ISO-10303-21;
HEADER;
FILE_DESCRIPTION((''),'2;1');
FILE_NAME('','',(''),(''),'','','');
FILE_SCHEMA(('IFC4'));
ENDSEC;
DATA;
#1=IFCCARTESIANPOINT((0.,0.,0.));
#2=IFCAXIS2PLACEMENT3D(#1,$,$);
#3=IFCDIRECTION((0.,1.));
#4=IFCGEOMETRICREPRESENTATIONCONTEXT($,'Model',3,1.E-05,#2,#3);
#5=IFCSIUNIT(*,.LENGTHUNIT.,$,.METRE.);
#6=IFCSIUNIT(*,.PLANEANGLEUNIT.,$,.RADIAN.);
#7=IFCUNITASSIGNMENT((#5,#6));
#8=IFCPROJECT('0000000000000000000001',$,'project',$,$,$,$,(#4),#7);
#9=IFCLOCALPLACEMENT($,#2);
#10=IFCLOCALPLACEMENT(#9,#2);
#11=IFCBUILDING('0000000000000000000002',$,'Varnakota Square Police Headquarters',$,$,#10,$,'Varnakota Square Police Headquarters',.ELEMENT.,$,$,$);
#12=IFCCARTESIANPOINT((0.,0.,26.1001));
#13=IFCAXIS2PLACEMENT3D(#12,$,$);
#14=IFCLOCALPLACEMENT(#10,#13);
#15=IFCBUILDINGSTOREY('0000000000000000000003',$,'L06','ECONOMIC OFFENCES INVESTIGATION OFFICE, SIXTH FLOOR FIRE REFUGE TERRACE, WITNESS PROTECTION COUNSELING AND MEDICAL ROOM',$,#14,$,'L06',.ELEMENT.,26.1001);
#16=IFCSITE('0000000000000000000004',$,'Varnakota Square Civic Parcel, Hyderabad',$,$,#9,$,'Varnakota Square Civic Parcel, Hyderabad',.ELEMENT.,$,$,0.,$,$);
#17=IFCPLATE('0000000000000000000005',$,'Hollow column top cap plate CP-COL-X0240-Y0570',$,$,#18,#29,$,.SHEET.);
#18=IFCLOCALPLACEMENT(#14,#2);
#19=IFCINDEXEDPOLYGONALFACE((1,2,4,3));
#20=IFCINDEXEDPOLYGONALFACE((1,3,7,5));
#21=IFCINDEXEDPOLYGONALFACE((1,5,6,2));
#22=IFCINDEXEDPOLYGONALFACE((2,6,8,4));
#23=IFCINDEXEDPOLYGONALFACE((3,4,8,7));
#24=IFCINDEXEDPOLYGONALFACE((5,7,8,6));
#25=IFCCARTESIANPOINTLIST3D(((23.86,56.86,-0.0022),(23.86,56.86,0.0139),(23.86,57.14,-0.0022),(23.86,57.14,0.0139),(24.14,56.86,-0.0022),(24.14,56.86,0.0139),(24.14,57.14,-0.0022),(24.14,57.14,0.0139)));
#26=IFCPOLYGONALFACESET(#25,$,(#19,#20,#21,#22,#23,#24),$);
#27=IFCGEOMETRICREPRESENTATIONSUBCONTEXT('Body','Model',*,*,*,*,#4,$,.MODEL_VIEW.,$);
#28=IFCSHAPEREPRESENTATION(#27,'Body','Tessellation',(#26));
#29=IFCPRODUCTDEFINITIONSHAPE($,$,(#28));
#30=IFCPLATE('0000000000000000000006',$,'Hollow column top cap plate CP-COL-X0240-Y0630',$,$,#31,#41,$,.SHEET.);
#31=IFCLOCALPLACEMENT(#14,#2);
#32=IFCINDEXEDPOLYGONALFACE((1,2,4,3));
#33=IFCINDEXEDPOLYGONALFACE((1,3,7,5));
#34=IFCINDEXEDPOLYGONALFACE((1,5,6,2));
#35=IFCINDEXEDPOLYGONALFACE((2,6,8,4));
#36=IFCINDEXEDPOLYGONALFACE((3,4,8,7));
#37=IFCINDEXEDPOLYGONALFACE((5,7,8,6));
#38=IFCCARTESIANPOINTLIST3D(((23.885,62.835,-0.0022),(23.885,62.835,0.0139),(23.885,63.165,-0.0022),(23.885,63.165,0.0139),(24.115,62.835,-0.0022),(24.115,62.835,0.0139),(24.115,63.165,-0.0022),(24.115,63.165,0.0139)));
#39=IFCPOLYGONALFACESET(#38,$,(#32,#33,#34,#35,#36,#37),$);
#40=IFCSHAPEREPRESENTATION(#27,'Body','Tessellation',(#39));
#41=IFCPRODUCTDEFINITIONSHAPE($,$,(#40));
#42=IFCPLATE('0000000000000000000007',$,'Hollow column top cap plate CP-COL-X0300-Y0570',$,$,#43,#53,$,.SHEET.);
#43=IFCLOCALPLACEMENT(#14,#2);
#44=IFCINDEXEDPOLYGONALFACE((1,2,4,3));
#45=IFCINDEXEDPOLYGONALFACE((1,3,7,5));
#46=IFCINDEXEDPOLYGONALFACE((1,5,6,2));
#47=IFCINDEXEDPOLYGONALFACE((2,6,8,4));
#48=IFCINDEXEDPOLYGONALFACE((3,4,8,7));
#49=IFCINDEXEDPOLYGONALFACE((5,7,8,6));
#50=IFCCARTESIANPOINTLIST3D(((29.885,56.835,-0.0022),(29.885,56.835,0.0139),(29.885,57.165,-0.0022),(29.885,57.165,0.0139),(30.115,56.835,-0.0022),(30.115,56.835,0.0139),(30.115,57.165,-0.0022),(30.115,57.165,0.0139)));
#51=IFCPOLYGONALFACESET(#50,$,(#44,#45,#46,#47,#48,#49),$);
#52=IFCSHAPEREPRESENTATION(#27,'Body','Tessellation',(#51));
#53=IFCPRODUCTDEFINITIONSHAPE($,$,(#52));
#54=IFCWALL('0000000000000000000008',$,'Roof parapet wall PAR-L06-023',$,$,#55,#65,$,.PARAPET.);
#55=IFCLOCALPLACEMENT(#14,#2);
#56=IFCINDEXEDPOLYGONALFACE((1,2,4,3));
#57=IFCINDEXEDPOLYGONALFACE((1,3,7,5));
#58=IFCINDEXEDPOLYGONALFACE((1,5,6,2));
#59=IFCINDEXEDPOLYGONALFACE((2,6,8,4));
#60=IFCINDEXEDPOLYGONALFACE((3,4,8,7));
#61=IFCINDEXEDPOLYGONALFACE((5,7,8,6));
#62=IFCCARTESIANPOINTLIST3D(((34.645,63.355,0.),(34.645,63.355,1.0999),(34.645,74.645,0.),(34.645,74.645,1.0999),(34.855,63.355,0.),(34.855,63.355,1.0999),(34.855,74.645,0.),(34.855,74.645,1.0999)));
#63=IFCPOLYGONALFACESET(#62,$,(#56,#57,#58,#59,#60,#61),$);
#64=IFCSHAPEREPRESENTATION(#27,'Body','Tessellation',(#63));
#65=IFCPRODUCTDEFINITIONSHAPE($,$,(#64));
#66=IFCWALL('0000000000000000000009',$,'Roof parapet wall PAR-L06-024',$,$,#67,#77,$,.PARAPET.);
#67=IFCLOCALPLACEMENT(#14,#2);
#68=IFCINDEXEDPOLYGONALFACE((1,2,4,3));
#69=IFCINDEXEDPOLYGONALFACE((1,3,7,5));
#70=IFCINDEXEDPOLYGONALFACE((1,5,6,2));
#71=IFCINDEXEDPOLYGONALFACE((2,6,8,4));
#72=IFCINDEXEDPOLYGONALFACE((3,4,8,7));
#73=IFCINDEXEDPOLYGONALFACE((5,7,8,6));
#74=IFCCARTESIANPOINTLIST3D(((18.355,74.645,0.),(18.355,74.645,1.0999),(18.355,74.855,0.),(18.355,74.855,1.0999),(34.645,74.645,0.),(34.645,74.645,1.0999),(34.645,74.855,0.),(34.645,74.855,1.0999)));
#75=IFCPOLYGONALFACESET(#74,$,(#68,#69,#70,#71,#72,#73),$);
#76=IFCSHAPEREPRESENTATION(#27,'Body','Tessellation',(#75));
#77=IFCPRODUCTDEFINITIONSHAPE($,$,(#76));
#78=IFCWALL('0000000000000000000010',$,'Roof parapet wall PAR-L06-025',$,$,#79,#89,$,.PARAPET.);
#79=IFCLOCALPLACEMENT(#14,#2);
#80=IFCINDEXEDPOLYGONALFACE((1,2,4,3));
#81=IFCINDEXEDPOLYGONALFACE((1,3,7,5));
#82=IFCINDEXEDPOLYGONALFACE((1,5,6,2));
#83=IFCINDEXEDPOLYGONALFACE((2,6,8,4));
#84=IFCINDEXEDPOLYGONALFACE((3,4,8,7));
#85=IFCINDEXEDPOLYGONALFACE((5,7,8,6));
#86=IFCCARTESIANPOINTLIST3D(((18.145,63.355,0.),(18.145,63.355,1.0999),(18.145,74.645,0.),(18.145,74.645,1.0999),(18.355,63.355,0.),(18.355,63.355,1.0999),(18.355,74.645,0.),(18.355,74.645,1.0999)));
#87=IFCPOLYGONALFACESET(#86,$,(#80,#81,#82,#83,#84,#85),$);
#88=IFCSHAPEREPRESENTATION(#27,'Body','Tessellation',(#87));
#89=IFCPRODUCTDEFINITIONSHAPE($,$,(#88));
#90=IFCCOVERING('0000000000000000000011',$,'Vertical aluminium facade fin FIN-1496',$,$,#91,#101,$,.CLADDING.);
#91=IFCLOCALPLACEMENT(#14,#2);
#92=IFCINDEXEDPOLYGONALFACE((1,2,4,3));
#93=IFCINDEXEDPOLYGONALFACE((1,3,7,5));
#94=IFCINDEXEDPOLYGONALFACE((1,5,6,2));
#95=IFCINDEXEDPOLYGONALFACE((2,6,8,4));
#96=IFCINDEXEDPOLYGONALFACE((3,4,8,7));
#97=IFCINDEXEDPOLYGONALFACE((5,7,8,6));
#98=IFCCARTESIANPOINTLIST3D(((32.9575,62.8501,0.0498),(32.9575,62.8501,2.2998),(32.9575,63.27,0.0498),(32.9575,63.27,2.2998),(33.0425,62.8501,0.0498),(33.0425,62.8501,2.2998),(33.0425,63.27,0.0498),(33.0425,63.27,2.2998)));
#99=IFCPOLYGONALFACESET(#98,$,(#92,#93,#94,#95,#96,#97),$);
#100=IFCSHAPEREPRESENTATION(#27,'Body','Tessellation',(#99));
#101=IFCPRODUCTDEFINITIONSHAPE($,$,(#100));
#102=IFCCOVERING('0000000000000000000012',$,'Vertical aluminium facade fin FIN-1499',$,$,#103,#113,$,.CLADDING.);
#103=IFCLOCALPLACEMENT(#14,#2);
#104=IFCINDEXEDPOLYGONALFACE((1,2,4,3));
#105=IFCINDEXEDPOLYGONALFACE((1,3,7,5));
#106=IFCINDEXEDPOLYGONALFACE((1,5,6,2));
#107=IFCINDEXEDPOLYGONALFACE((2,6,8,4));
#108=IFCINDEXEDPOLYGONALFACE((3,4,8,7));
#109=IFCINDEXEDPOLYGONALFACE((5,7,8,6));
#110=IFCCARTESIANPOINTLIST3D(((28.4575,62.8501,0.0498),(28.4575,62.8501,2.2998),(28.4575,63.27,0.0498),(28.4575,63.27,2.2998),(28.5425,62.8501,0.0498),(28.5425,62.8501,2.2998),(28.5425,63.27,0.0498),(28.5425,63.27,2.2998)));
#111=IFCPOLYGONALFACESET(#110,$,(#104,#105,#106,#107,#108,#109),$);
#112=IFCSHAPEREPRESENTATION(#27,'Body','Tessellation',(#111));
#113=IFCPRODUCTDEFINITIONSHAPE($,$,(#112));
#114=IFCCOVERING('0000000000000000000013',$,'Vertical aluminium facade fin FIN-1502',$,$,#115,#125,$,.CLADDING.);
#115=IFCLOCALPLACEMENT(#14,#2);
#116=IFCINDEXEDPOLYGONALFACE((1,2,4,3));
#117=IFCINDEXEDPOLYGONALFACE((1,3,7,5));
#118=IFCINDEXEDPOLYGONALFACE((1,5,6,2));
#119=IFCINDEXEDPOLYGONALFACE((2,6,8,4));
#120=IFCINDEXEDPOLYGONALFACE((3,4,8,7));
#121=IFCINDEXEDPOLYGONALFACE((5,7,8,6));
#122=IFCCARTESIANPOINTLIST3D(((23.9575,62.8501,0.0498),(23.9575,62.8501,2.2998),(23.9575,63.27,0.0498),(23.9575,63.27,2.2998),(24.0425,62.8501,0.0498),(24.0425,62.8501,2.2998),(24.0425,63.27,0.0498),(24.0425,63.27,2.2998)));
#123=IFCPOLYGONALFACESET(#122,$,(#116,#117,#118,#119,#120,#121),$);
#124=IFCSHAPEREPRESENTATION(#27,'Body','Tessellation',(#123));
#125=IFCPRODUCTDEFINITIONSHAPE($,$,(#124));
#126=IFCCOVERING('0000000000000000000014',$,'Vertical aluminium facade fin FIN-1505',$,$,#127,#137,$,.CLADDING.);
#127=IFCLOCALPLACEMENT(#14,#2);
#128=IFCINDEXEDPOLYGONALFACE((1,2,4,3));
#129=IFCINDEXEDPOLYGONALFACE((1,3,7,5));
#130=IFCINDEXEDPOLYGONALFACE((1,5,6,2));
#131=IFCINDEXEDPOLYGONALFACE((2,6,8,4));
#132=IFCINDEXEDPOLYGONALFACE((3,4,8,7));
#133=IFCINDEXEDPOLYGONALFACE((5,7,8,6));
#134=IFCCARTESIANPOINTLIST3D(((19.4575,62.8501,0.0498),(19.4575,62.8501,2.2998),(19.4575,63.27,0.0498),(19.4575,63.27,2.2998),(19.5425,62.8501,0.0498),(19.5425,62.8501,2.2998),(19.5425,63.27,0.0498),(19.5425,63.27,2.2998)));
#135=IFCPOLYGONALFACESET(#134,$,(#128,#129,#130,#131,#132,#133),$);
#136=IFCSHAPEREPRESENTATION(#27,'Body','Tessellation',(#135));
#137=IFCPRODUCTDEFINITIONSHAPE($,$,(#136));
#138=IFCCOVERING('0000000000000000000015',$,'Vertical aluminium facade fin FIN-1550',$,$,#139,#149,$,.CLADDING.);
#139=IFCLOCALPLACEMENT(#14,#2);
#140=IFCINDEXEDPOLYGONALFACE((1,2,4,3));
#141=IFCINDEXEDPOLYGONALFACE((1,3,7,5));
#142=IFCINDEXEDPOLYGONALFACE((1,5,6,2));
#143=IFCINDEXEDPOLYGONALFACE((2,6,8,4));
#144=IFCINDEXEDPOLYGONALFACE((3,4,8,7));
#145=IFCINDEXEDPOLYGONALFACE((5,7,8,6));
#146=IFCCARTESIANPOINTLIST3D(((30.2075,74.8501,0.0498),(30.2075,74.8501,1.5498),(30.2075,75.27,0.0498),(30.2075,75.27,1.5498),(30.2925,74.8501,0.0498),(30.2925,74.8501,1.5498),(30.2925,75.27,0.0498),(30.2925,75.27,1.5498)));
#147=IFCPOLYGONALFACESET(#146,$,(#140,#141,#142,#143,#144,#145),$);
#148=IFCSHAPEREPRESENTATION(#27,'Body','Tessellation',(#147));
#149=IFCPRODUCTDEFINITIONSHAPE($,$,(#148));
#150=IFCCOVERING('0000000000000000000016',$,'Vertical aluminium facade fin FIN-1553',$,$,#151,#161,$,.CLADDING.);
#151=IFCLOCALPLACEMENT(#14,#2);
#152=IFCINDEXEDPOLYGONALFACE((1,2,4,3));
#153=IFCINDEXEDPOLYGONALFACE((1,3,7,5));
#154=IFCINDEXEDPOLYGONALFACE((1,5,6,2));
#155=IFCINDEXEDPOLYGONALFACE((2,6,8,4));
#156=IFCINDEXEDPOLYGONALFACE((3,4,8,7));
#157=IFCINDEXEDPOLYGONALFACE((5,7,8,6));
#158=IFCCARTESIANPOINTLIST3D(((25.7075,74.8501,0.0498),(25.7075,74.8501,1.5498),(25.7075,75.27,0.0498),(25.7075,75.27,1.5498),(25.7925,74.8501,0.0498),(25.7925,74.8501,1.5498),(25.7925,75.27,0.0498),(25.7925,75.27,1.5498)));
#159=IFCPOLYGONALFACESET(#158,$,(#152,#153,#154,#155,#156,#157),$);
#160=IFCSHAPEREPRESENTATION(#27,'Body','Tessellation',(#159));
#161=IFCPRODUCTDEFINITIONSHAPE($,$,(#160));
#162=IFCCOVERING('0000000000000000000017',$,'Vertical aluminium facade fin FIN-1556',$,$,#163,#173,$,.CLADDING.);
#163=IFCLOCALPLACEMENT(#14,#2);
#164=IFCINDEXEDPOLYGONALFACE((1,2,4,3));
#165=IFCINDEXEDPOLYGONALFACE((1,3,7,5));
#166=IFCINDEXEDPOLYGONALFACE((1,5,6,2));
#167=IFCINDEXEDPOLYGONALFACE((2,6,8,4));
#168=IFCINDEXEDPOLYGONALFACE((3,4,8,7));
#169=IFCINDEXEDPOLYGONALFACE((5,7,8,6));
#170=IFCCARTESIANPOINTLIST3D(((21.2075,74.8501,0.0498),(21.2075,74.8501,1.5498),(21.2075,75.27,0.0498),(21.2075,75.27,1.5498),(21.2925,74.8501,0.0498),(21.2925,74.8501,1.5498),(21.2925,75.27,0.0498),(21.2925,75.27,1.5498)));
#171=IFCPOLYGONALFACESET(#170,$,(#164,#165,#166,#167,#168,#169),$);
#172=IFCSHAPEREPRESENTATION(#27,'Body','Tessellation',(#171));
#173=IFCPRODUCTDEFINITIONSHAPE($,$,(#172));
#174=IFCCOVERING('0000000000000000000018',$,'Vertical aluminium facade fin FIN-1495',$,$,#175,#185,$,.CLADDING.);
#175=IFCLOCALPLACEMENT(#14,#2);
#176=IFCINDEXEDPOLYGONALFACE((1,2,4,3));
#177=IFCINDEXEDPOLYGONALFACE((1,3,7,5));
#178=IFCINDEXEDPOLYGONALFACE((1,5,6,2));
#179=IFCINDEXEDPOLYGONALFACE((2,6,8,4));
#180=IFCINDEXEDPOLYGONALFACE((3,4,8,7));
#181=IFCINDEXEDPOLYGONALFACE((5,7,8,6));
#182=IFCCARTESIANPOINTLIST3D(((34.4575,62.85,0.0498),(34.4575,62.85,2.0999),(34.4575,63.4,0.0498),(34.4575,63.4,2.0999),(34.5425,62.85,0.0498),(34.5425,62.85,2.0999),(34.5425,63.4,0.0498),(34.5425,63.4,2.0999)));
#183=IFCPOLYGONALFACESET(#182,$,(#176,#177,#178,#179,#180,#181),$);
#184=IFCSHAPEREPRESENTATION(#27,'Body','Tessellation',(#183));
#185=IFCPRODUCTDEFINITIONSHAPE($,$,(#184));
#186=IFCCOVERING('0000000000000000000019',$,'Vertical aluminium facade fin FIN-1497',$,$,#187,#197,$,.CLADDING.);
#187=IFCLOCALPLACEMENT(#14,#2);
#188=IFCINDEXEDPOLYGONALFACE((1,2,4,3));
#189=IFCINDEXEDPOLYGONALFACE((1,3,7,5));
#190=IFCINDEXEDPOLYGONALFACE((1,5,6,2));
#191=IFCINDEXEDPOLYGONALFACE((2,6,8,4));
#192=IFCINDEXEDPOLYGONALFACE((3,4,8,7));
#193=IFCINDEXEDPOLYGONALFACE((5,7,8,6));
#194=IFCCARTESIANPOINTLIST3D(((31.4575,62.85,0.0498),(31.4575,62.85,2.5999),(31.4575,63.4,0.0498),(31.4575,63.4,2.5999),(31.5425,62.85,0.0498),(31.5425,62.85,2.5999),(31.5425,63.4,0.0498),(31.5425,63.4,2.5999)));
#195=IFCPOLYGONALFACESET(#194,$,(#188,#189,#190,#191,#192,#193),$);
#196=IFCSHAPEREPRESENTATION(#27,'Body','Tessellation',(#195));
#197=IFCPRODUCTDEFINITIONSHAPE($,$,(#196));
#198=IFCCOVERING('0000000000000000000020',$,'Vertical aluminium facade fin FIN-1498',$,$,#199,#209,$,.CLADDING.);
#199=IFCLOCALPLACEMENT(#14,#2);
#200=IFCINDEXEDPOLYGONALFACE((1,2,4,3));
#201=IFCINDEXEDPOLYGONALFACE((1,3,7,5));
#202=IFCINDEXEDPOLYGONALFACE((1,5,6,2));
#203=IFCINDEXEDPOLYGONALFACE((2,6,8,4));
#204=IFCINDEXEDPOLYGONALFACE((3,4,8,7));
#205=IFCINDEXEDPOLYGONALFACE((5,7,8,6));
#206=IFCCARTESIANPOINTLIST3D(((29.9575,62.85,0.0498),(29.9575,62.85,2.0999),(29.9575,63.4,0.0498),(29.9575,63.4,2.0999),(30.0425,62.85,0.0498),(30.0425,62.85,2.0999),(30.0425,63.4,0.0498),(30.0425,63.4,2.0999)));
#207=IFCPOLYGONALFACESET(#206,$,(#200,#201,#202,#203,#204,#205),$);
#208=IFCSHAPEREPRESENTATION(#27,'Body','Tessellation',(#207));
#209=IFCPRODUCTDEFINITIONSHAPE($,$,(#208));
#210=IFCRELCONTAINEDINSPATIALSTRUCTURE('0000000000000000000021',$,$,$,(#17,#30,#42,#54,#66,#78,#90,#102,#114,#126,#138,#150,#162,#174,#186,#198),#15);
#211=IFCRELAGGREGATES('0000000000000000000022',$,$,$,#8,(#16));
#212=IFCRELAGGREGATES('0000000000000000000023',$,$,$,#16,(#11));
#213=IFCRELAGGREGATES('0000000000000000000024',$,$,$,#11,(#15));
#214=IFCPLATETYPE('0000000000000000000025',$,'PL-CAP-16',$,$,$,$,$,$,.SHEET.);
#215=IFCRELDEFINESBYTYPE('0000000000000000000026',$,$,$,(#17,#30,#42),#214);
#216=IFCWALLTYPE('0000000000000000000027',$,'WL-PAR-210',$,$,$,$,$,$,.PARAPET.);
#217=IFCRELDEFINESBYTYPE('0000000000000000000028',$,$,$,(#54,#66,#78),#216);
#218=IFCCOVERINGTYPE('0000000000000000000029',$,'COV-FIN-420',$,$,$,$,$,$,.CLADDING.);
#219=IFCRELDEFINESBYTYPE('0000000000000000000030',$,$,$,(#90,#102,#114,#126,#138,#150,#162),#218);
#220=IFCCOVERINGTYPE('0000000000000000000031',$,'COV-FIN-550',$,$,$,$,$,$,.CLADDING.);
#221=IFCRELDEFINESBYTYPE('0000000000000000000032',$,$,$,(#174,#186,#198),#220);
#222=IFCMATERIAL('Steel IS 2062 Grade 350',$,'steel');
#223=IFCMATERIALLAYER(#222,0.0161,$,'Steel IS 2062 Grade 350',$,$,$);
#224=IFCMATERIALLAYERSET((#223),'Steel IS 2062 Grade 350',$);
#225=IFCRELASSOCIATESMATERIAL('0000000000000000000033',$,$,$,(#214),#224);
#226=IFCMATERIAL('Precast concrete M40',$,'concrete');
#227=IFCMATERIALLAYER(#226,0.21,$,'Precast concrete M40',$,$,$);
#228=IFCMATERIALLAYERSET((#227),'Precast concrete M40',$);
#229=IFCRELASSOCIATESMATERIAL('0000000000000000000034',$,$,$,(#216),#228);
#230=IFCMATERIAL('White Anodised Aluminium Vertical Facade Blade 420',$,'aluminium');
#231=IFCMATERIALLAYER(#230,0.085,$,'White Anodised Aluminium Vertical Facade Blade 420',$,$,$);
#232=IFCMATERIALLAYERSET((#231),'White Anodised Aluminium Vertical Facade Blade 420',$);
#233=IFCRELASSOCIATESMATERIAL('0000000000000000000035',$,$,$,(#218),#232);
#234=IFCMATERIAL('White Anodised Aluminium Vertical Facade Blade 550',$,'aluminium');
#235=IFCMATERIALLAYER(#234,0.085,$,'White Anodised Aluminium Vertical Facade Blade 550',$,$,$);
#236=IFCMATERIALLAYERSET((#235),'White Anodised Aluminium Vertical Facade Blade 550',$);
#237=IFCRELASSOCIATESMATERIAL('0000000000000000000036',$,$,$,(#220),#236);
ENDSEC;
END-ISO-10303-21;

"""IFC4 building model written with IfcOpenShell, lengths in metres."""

from ifc_helpers import new_model, si_unit, direction, frame, frame_2d, origin, origin_2d, place, context, subcontext, project, spatial, rectangle, extrude, material, layer, layer_set, type_object, element, save


model = new_model("IFC4")

# Units and contexts
model_context = context("Model", 3, precision=1e-05, world=origin(), true_north=direction((0.0, 1.0)))
body_context = subcontext(model_context, "Body", "Model", "MODEL_VIEW")
ifc_project = project(units=[si_unit("LENGTHUNIT", "METRE"), si_unit("PLANEANGLEUNIT", "RADIAN")], contexts=[model_context])

# Site, building, storey
site_placement = place(None, origin())
site = spatial("IfcSite", under=ifc_project, at=site_placement, Name="Varnakota Square Civic Parcel, Hyderabad", LongName="Varnakota Square Civic Parcel, Hyderabad", CompositionType="ELEMENT", RefElevation=0.0)
building_placement = place(site_placement, origin())
building = spatial("IfcBuilding", under=site, at=building_placement, Name="Varnakota Square Police Headquarters", LongName="Varnakota Square Police Headquarters", CompositionType="ELEMENT")
storey_placement = place(building_placement, frame((0.0, 0.0, 26.1001)))
storey = spatial("IfcBuildingStorey", under=building, at=storey_placement, Name="L06", Description="ECONOMIC OFFENCES INVESTIGATION OFFICE, SIXTH FLOOR FIRE REFUGE TERRACE, WITNESS PROTECTION COUNSELING AND MEDICAL ROOM", LongName="L06", CompositionType="ELEMENT", Elevation=26.1001)

# Plates
ifc_material_1 = material(Name="Steel IS 2062 Grade 350", Category="steel")
ifc_layer_1 = layer(ifc_material_1, 0.0161, Name="Steel IS 2062 Grade 350")
ifc_layer_set_1 = layer_set([ifc_layer_1], Name="Steel IS 2062 Grade 350")
plate_type = type_object("IfcPlateType", Name="PL-CAP-16", PredefinedType="SHEET", material=ifc_layer_set_1)
plate_placement = place(storey_placement, frame((24.0, 57.0, -0.0022), z_axis=(0.0, 0.0, 1.0), x_axis=(1.0, 0.0, 0.0)))
element("IfcPlate", 1, at=plate_placement, inside=storey, type_object=plate_type, Name="Hollow column top cap plate CP-COL-X0240-Y0570", PredefinedType="SHEET", context=body_context, shape_type="SweptSolid", body=[
    extrude(rectangle(XDim=0.28, YDim=0.28, at=origin_2d()), origin(), (0.0, 0.0, 1.0), 0.0161),
])
for number, where, z_axis, x_axis, name in (
    (2, (24.0, 63.0, -0.0022), (0.0, 0.0, 1.0), (1.0, 0.0, 0.0), "Hollow column top cap plate CP-COL-X0240-Y0630"),
    (3, (30.0, 57.0, -0.0022), (0.0, 0.0, 1.0), (1.0, 0.0, 0.0), "Hollow column top cap plate CP-COL-X0300-Y0570"),
):
    element("IfcPlate", number, at=place(storey_placement, frame(where, z_axis=z_axis, x_axis=x_axis)), inside=storey, type_object=plate_type, Name=name, PredefinedType="SHEET", context=body_context, shape_type="SweptSolid", body=[
        extrude(rectangle(XDim=0.23, YDim=0.3301, at=origin_2d()), origin(), (0.0, 0.0, 1.0), 0.0161),
    ])

# Walls
ifc_material_2 = material(Name="Precast concrete M40", Category="concrete")
ifc_layer_2 = layer(ifc_material_2, 0.21, Name="Precast concrete M40")
ifc_layer_set_2 = layer_set([ifc_layer_2], Name="Precast concrete M40")
wall_type = type_object("IfcWallType", Name="WL-PAR-210", PredefinedType="PARAPET", material=ifc_layer_set_2)
wall_1_placement = place(storey_placement, frame((34.75, 63.355, 0.0), z_axis=(0.0, 0.0, 1.0), x_axis=(0.0, 1.0, 0.0)))
element("IfcWall", 4, at=wall_1_placement, inside=storey, type_object=wall_type, Name="Roof parapet wall PAR-L06-023", PredefinedType="PARAPET", context=body_context, shape_type="SweptSolid", body=[
    extrude(rectangle(XDim=11.29, YDim=0.21, at=frame_2d((5.645, 0.0))), origin(), (0.0, 0.0, 1.0), 1.0999),
])
wall_2_placement = place(storey_placement, frame((34.645, 74.75, 0.0), z_axis=(0.0, 0.0, 1.0), x_axis=(-1.0, 0.0, 0.0)))
element("IfcWall", 5, at=wall_2_placement, inside=storey, type_object=wall_type, Name="Roof parapet wall PAR-L06-024", PredefinedType="PARAPET", context=body_context, shape_type="SweptSolid", body=[
    extrude(rectangle(XDim=16.29, YDim=0.21, at=frame_2d((8.145, 0.0))), origin(), (0.0, 0.0, 1.0), 1.0999),
])
wall_3_placement = place(storey_placement, frame((18.25, 74.645, 0.0), z_axis=(0.0, 0.0, 1.0), x_axis=(0.0, -1.0, 0.0)))
element("IfcWall", 6, at=wall_3_placement, inside=storey, type_object=wall_type, Name="Roof parapet wall PAR-L06-025", PredefinedType="PARAPET", context=body_context, shape_type="SweptSolid", body=[
    extrude(rectangle(XDim=11.29, YDim=0.21, at=frame_2d((5.645, 0.0))), origin(), (0.0, 0.0, 1.0), 1.0999),
])

# Coverings
ifc_material_3 = material(Name="White Anodised Aluminium Vertical Facade Blade 420", Category="aluminium")
ifc_layer_3 = layer(ifc_material_3, 0.085, Name="White Anodised Aluminium Vertical Facade Blade 420")
ifc_layer_set_3 = layer_set([ifc_layer_3], Name="White Anodised Aluminium Vertical Facade Blade 420")
covering_type_1 = type_object("IfcCoveringType", Name="COV-FIN-420", PredefinedType="CLADDING", material=ifc_layer_set_3)
for number, where, z_axis, x_axis, name in (
    (7, (33.0, 63.0601, 0.0498), (0.0, 0.0, 1.0), (-1.0, 0.0, 0.0), "Vertical aluminium facade fin FIN-1496"),
    (8, (28.5, 63.0601, 0.0498), (0.0, 0.0, 1.0), (-1.0, 0.0, 0.0), "Vertical aluminium facade fin FIN-1499"),
    (9, (24.0, 63.0601, 0.0498), (0.0, 0.0, 1.0), (-1.0, 0.0, 0.0), "Vertical aluminium facade fin FIN-1502"),
    (10, (19.5, 63.0601, 0.0498), (0.0, 0.0, 1.0), (-1.0, 0.0, 0.0), "Vertical aluminium facade fin FIN-1505"),
):
    element("IfcCovering", number, at=place(storey_placement, frame(where, z_axis=z_axis, x_axis=x_axis)), inside=storey, type_object=covering_type_1, Name=name, PredefinedType="CLADDING", context=body_context, shape_type="SweptSolid", body=[
        extrude(rectangle(XDim=0.085, YDim=0.4199, at=origin_2d()), origin(), (0.0, 0.0, 1.0), 2.25),
    ])
for number, where, z_axis, x_axis, name in (
    (11, (30.25, 75.0601, 0.0498), (0.0, 0.0, 1.0), (-1.0, 0.0, 0.0), "Vertical aluminium facade fin FIN-1550"),
    (12, (25.75, 75.0601, 0.0498), (0.0, 0.0, 1.0), (-1.0, 0.0, 0.0), "Vertical aluminium facade fin FIN-1553"),
    (13, (21.25, 75.0601, 0.0498), (0.0, 0.0, 1.0), (-1.0, 0.0, 0.0), "Vertical aluminium facade fin FIN-1556"),
):
    element("IfcCovering", number, at=place(storey_placement, frame(where, z_axis=z_axis, x_axis=x_axis)), inside=storey, type_object=covering_type_1, Name=name, PredefinedType="CLADDING", context=body_context, shape_type="SweptSolid", body=[
        extrude(rectangle(XDim=0.085, YDim=0.4199, at=origin_2d()), origin(), (0.0, 0.0, 1.0), 1.5),
    ])
ifc_material_4 = material(Name="White Anodised Aluminium Vertical Facade Blade 550", Category="aluminium")
ifc_layer_4 = layer(ifc_material_4, 0.085, Name="White Anodised Aluminium Vertical Facade Blade 550")
ifc_layer_set_4 = layer_set([ifc_layer_4], Name="White Anodised Aluminium Vertical Facade Blade 550")
covering_type_2 = type_object("IfcCoveringType", Name="COV-FIN-550", PredefinedType="CLADDING", material=ifc_layer_set_4)
covering_1_placement = place(storey_placement, frame((34.5, 63.125, 0.0498), z_axis=(0.0, 0.0, 1.0), x_axis=(-1.0, 0.0, 0.0)))
element("IfcCovering", 14, at=covering_1_placement, inside=storey, type_object=covering_type_2, Name="Vertical aluminium facade fin FIN-1495", PredefinedType="CLADDING", context=body_context, shape_type="SweptSolid", body=[
    extrude(rectangle(XDim=0.085, YDim=0.55, at=origin_2d()), origin(), (0.0, 0.0, 1.0), 2.05),
])
covering_2_placement = place(storey_placement, frame((31.5, 63.125, 0.0498), z_axis=(0.0, 0.0, 1.0), x_axis=(-1.0, 0.0, 0.0)))
element("IfcCovering", 15, at=covering_2_placement, inside=storey, type_object=covering_type_2, Name="Vertical aluminium facade fin FIN-1497", PredefinedType="CLADDING", context=body_context, shape_type="SweptSolid", body=[
    extrude(rectangle(XDim=0.085, YDim=0.55, at=origin_2d()), origin(), (0.0, 0.0, 1.0), 2.55),
])
covering_3_placement = place(storey_placement, frame((30.0, 63.125, 0.0498), z_axis=(0.0, 0.0, 1.0), x_axis=(-1.0, 0.0, 0.0)))
element("IfcCovering", 16, at=covering_3_placement, inside=storey, type_object=covering_type_2, Name="Vertical aluminium facade fin FIN-1498", PredefinedType="CLADDING", context=body_context, shape_type="SweptSolid", body=[
    extrude(rectangle(XDim=0.085, YDim=0.55, at=origin_2d()), origin(), (0.0, 0.0, 1.0), 2.05),
])

save(model, "model.ifc")
